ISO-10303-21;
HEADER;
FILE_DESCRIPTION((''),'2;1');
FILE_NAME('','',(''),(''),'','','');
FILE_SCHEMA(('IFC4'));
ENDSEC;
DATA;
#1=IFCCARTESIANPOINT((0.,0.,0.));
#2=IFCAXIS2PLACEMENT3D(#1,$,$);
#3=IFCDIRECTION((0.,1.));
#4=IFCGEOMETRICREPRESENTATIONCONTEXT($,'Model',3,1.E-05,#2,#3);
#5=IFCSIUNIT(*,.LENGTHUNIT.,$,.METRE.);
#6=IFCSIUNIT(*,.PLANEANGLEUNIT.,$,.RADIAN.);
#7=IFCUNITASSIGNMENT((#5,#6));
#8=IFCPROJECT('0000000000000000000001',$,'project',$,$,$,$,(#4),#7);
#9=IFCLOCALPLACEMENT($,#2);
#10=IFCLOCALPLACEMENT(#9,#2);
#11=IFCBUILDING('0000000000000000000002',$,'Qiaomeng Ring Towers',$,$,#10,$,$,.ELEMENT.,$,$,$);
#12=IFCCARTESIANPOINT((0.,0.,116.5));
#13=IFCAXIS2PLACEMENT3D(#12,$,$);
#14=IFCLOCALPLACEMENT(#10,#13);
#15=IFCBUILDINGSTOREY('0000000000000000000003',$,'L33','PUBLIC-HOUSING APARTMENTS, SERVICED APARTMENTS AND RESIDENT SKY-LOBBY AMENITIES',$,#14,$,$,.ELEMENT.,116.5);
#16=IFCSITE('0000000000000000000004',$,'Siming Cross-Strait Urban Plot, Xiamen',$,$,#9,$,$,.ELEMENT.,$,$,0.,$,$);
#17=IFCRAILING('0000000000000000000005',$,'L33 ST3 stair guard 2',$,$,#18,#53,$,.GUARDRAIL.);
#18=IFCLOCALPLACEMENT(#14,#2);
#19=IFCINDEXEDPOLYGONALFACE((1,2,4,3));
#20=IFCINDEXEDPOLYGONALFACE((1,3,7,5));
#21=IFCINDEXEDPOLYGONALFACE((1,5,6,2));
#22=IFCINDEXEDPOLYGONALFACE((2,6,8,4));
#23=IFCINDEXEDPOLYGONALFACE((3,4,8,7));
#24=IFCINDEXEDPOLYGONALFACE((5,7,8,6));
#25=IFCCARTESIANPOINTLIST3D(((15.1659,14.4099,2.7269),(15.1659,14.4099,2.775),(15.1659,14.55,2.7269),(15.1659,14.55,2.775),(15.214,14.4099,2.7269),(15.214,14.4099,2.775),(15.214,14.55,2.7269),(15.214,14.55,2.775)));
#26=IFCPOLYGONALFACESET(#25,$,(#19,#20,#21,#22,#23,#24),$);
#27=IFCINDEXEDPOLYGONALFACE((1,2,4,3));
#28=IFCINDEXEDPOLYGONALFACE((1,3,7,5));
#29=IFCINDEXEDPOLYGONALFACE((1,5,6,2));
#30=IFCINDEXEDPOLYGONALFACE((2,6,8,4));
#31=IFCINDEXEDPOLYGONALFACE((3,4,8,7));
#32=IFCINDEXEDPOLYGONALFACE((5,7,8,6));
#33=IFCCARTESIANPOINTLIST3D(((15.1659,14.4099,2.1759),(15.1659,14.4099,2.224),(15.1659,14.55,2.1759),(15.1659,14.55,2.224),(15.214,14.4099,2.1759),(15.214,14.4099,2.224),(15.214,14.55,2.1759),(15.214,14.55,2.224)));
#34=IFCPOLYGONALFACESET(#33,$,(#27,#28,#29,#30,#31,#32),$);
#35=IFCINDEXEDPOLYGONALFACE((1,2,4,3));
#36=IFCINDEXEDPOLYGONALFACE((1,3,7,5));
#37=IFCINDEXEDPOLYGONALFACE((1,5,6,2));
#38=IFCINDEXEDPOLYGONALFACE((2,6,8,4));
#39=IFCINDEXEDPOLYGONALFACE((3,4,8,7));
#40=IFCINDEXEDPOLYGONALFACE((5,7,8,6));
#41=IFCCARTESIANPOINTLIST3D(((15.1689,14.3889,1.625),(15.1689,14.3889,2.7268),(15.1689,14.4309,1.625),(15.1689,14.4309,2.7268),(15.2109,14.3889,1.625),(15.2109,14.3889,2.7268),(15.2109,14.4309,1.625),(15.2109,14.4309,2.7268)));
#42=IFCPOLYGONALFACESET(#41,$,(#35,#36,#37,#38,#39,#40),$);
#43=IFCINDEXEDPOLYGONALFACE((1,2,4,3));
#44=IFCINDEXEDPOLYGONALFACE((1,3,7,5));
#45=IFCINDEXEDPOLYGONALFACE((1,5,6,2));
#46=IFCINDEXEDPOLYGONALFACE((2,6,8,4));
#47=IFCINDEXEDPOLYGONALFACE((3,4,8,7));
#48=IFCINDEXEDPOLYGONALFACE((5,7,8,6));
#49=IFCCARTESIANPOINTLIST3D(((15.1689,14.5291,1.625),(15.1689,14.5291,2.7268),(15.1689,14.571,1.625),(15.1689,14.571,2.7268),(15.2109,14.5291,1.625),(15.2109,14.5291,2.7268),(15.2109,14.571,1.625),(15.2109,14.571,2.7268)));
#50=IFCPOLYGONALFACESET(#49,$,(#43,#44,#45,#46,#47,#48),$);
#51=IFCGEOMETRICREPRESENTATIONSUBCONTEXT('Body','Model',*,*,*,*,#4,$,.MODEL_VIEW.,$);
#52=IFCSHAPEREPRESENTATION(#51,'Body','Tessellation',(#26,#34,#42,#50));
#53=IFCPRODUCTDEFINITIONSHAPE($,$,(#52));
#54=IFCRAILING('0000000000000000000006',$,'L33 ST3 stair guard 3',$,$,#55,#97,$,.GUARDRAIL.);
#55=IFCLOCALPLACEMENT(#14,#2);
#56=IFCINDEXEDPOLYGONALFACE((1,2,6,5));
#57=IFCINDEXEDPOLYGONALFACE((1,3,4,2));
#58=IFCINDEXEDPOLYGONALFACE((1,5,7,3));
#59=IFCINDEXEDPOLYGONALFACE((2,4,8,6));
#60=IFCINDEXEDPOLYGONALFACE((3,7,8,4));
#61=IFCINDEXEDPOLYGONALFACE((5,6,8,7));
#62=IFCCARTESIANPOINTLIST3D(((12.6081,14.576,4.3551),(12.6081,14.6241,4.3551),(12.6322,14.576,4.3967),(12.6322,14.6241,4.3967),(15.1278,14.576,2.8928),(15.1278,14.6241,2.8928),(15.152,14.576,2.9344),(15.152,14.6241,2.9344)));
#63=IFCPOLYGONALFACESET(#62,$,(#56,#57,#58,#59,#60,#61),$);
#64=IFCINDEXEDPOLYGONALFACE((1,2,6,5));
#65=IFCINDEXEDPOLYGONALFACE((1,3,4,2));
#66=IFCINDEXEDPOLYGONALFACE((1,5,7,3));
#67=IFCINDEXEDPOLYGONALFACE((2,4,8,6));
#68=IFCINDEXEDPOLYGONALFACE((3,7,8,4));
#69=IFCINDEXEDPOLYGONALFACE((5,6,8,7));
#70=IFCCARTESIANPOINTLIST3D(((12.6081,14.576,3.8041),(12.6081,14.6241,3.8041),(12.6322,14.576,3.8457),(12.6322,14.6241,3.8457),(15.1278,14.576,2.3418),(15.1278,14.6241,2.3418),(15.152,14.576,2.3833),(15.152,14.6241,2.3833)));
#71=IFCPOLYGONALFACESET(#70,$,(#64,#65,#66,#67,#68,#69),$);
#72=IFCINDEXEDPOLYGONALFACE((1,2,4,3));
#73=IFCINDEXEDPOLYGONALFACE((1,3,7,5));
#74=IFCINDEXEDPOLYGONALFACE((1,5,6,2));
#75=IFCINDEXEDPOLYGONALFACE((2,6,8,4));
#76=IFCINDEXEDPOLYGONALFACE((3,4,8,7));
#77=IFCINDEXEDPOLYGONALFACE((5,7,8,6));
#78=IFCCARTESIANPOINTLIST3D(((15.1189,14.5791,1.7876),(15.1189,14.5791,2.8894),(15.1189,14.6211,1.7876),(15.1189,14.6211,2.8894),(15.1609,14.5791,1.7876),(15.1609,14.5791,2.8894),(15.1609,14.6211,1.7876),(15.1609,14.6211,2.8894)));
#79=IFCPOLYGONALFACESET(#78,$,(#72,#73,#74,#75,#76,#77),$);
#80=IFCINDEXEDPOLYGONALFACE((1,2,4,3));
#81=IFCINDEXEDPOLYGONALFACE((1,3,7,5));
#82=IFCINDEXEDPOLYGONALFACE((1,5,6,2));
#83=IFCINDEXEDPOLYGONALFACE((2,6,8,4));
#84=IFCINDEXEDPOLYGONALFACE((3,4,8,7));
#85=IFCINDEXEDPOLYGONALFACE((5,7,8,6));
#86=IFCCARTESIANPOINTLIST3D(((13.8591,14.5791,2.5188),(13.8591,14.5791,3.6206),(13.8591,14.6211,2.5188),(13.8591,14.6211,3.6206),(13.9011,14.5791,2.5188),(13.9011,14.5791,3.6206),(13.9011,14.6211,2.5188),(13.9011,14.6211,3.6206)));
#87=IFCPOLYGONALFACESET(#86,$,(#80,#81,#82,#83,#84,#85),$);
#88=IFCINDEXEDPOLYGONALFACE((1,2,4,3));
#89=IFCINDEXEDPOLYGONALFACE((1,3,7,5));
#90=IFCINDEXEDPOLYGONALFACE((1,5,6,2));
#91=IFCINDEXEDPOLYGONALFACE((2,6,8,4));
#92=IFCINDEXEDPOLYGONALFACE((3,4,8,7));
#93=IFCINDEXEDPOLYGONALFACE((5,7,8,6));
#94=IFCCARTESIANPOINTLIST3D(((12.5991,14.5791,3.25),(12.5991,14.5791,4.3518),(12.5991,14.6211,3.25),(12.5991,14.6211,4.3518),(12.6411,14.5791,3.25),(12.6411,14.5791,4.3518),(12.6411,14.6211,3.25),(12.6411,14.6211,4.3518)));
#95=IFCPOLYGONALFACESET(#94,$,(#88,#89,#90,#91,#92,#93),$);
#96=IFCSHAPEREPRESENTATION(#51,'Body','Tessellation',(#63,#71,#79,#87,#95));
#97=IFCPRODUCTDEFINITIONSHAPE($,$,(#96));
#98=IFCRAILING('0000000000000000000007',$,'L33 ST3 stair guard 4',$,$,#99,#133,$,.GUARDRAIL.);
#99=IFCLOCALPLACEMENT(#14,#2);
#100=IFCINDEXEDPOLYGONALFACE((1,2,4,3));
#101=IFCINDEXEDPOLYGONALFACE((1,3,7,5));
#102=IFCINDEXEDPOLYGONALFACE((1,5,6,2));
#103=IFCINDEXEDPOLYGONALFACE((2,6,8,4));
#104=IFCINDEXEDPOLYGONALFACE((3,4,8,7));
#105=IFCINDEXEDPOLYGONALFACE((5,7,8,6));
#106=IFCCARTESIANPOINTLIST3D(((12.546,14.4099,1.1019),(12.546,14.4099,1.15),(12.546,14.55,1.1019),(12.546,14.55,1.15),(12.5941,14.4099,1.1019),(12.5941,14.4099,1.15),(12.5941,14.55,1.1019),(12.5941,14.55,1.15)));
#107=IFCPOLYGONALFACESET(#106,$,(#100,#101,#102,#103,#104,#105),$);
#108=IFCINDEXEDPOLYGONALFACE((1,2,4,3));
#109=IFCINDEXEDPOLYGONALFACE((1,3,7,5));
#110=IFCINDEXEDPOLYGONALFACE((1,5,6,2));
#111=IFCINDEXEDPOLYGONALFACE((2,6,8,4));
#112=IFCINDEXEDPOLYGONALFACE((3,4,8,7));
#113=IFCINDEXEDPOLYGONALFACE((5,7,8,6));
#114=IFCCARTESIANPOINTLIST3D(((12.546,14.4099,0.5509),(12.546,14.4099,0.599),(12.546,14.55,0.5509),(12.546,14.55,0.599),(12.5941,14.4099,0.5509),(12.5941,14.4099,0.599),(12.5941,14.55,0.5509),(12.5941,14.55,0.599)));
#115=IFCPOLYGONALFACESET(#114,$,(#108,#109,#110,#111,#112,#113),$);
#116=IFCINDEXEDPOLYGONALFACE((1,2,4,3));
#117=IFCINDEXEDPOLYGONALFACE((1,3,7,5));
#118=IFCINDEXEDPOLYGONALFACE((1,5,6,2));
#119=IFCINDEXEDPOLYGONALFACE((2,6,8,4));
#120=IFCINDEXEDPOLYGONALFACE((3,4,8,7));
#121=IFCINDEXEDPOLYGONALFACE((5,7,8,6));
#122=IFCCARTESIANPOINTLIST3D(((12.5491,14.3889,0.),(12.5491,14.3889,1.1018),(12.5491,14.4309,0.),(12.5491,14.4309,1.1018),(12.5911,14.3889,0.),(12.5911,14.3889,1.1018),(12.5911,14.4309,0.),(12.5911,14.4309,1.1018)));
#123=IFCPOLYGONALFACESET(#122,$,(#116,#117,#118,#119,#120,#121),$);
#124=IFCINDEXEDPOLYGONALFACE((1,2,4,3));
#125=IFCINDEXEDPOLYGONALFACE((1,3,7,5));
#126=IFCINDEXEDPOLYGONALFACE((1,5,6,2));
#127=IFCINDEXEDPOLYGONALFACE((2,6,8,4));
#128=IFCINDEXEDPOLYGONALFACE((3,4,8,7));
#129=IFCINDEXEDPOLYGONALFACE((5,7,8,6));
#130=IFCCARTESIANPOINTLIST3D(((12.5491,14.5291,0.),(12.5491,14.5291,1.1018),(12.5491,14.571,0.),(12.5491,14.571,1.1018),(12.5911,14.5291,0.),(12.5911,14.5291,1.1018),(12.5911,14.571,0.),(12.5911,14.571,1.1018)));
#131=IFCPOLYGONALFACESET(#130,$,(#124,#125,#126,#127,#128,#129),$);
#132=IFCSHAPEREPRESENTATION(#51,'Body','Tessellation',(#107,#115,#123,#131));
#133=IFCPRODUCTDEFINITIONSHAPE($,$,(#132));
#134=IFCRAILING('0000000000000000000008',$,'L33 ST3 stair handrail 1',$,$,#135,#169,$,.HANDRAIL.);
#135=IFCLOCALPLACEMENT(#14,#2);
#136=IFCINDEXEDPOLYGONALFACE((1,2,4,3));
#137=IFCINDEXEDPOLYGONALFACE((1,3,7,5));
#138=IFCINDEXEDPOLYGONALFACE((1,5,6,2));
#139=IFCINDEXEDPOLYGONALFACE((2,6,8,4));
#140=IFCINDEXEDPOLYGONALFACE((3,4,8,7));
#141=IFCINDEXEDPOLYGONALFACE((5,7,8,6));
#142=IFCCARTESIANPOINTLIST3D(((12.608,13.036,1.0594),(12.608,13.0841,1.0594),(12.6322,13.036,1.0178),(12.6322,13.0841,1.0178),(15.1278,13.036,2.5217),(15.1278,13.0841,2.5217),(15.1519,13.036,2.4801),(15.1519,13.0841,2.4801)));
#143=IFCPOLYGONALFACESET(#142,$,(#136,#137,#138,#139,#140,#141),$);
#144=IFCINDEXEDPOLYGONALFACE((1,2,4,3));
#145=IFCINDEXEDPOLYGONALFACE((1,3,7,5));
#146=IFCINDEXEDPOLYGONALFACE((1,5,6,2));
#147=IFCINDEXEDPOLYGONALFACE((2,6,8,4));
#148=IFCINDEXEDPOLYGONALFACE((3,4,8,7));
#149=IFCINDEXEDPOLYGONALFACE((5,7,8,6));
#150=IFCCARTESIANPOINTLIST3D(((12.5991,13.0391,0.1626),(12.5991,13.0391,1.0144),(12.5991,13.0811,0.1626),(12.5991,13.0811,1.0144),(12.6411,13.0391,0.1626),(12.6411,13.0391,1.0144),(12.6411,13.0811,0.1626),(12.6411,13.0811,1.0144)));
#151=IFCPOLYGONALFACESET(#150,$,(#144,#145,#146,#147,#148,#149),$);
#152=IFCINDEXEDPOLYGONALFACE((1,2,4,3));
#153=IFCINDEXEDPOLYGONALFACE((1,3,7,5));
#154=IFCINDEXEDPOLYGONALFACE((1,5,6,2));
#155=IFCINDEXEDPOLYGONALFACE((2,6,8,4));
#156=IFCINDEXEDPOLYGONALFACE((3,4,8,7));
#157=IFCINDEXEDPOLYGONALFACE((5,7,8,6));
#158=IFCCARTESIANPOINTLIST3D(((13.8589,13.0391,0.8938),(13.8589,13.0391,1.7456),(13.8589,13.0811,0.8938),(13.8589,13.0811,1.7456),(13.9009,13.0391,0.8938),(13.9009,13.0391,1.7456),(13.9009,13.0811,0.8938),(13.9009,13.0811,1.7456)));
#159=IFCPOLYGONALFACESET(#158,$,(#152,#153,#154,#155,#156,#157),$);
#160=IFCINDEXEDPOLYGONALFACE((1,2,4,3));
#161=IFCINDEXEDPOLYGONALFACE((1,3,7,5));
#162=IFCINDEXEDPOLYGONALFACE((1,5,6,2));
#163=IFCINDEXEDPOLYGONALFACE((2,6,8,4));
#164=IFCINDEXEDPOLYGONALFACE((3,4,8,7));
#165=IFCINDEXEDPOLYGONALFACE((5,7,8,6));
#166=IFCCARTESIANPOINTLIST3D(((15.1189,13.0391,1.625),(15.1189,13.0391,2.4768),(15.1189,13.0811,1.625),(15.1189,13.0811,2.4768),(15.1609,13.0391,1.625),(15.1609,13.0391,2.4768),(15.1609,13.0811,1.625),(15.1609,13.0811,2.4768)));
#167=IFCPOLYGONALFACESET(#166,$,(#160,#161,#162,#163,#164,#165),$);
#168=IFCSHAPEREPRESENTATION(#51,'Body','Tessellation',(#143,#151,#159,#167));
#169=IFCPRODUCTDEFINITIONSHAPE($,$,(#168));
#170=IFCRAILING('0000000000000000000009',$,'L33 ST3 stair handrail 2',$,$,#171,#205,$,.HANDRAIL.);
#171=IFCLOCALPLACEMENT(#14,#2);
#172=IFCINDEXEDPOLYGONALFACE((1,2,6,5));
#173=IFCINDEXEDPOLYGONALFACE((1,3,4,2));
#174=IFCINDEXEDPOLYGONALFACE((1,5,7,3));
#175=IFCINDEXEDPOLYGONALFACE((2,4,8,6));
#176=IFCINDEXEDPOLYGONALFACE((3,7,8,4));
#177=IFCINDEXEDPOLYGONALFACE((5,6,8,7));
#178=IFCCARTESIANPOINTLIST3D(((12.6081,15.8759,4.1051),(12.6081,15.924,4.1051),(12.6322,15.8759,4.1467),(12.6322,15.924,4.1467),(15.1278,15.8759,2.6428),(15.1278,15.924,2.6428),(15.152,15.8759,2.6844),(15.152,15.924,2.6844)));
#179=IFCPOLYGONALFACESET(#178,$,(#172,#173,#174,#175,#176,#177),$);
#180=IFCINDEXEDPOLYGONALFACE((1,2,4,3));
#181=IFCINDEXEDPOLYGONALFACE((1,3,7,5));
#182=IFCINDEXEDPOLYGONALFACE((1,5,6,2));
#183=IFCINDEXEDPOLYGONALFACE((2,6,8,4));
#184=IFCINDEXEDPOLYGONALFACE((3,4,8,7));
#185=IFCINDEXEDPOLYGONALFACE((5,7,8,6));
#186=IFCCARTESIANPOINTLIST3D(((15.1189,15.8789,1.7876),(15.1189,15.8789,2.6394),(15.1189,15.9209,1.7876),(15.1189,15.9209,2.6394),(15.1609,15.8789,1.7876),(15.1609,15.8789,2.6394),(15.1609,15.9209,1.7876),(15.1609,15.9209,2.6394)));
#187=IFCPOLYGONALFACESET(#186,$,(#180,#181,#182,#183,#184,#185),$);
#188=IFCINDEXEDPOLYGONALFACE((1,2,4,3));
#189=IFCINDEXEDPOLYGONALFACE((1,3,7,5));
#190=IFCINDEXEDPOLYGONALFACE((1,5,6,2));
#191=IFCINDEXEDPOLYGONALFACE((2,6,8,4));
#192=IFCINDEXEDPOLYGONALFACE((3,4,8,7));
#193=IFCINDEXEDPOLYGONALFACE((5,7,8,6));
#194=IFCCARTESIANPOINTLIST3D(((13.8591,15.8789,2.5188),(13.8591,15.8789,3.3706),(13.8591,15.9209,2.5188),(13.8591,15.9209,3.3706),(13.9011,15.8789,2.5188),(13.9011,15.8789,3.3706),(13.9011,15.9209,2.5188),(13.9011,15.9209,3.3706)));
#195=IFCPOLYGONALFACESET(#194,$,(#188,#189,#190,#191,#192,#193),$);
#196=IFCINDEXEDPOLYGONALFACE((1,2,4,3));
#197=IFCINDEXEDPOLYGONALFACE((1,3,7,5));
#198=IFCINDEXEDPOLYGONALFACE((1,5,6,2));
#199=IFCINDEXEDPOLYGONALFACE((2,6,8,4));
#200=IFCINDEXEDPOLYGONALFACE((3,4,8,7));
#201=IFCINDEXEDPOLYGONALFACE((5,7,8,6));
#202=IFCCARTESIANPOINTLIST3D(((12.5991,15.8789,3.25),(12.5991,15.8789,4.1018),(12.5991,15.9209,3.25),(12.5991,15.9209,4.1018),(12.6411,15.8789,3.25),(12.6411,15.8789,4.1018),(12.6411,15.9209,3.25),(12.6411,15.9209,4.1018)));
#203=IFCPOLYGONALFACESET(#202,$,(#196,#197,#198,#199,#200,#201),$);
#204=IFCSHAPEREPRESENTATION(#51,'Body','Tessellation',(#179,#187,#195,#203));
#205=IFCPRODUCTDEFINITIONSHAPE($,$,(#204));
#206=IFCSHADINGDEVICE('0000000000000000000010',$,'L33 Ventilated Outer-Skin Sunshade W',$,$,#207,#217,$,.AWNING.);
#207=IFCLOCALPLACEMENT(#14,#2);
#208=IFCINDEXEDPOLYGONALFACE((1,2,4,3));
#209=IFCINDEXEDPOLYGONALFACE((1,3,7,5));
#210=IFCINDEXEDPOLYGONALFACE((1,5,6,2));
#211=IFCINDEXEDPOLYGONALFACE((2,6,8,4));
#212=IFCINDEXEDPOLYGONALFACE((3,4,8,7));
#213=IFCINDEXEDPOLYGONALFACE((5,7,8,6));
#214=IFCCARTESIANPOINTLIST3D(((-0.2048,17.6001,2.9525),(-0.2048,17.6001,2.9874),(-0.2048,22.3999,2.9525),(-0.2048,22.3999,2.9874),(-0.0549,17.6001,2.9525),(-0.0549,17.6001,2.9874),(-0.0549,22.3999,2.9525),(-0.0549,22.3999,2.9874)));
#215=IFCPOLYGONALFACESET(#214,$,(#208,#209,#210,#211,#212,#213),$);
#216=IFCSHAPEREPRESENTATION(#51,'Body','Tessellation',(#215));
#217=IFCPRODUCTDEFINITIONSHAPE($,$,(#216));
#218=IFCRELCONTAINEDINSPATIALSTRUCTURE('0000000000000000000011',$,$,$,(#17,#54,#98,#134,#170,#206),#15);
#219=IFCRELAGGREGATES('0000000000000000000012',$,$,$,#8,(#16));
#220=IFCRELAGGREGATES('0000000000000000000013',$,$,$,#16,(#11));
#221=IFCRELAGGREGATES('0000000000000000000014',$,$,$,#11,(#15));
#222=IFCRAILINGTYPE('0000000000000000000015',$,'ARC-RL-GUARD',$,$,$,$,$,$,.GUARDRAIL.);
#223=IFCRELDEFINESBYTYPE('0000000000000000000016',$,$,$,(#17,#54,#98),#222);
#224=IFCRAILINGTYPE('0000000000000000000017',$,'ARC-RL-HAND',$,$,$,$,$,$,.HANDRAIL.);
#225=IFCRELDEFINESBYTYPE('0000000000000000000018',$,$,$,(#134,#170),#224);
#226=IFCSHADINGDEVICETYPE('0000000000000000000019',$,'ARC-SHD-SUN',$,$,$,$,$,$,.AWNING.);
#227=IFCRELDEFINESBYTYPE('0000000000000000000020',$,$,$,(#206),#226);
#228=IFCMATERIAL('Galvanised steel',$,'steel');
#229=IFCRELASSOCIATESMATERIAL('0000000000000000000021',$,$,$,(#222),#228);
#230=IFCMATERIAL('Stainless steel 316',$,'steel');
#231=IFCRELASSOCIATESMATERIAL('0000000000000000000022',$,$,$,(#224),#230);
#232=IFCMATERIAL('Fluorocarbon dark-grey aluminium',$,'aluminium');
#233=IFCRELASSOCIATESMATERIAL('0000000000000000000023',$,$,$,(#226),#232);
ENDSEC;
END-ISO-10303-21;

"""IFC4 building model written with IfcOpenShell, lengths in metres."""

from ifc_helpers import new_model, si_unit, direction, frame, origin, origin_2d, place, context, subcontext, project, spatial, rectangle, extrude, source, transform, mapped, material, material_profile, profile_set, type_object, element, save


model = new_model("IFC4")

# Units and contexts
model_context = context("Model", 3, precision=1e-05, world=origin(), true_north=direction((0.0, 1.0)))
body_context = subcontext(model_context, "Body", "Model", "MODEL_VIEW")
ifc_project = project(units=[si_unit("LENGTHUNIT", "METRE"), si_unit("PLANEANGLEUNIT", "RADIAN")], contexts=[model_context])

# Site, building, storey
site_placement = place(None, origin())
site = spatial("IfcSite", under=ifc_project, at=site_placement, Name="Siming Cross-Strait Urban Plot, Xiamen", CompositionType="ELEMENT", RefElevation=0.0)
building_placement = place(site_placement, origin())
building = spatial("IfcBuilding", under=site, at=building_placement, Name="Qiaomeng Ring Towers", CompositionType="ELEMENT")
storey_placement = place(building_placement, frame((0.0, 0.0, 116.5)))
storey = spatial("IfcBuildingStorey", under=building, at=storey_placement, Name="L33", Description="PUBLIC-HOUSING APARTMENTS, SERVICED APARTMENTS AND RESIDENT SKY-LOBBY AMENITIES", CompositionType="ELEMENT", Elevation=116.5)

# Shared definitions
ifc_material_1 = material(Name="Fluorocarbon dark-grey aluminium", Category="aluminium")

# Shared definitions
ifc_material_2 = material(Name="Galvanised steel", Category="steel")

# Railings
railing_type_1 = type_object("IfcRailingType", Name="ARC-RL-GUARD", PredefinedType="GUARDRAIL", material=ifc_material_2)
railing_1_placement = place(storey_placement, frame((15.1899, 14.4099, 1.625)))
element("IfcRailing", 1, at=railing_1_placement, inside=storey, type_object=railing_type_1, Name="L33 ST3 stair guard 2", PredefinedType="GUARDRAIL", context=body_context, shape_type="SweptSolid", body=[
    extrude(rectangle(XDim=0.0481, YDim=0.0481, at=origin_2d()), frame((0.0, 0.0, 1.126), z_axis=(0.0, 1.0, 0.0), x_axis=(-1.0, 0.0, 0.0)), (0.0, 0.0, 1.0), 0.1401),
    extrude(rectangle(XDim=0.0481, YDim=0.0481, at=origin_2d()), frame((0.0, 0.0, 0.575), z_axis=(0.0, 1.0, 0.0), x_axis=(-1.0, 0.0, 0.0)), (0.0, 0.0, 1.0), 0.1401),
    extrude(rectangle(XDim=0.042, YDim=0.042, at=origin_2d()), origin(), (0.0, 0.0, 1.0), 1.1018),
    extrude(rectangle(XDim=0.042, YDim=0.042, at=origin_2d()), frame((0.0, 0.1401, 0.0)), (0.0, 0.0, 1.0), 1.1018),
])
railing_2_placement = place(storey_placement, frame((15.1399, 14.6001, 1.7876)))
element("IfcRailing", 2, at=railing_2_placement, inside=storey, type_object=railing_type_1, Name="L33 ST3 stair guard 3", PredefinedType="GUARDRAIL", context=body_context, shape_type="SweptSolid", body=[
    extrude(rectangle(XDim=0.0481, YDim=0.0481, at=origin_2d()), frame((0.0, 0.0, 1.126), z_axis=(-0.864892, 0.0, 0.501958), x_axis=(0.0, -1.0, 0.0)), (0.0, 0.0, 1.0), 2.9133),
    extrude(rectangle(XDim=0.0481, YDim=0.0481, at=origin_2d()), frame((0.0, 0.0, 0.575), z_axis=(-0.864892, 0.0, 0.501958), x_axis=(0.0, -1.0, 0.0)), (0.0, 0.0, 1.0), 2.9133),
    extrude(rectangle(XDim=0.042, YDim=0.042, at=origin_2d()), origin(), (0.0, 0.0, 1.0), 1.1018),
    extrude(rectangle(XDim=0.042, YDim=0.042, at=origin_2d()), frame((-1.2598, 0.0, 0.7312)), (0.0, 0.0, 1.0), 1.1018),
    extrude(rectangle(XDim=0.042, YDim=0.042, at=origin_2d()), frame((-2.5198, 0.0, 1.4624)), (0.0, 0.0, 1.0), 1.1018),
])
railing_3_placement = place(storey_placement, frame((12.5701, 14.4099, 0.0)))
element("IfcRailing", 3, at=railing_3_placement, inside=storey, type_object=railing_type_1, Name="L33 ST3 stair guard 4", PredefinedType="GUARDRAIL", context=body_context, shape_type="SweptSolid", body=[
    extrude(rectangle(XDim=0.0481, YDim=0.0481, at=origin_2d()), frame((0.0, 0.0, 1.126), z_axis=(0.0, 1.0, 0.0), x_axis=(-1.0, 0.0, 0.0)), (0.0, 0.0, 1.0), 0.1401),
    extrude(rectangle(XDim=0.0481, YDim=0.0481, at=origin_2d()), frame((0.0, 0.0, 0.575), z_axis=(0.0, 1.0, 0.0), x_axis=(-1.0, 0.0, 0.0)), (0.0, 0.0, 1.0), 0.1401),
    extrude(rectangle(XDim=0.042, YDim=0.042, at=origin_2d()), origin(), (0.0, 0.0, 1.0), 1.1018),
    extrude(rectangle(XDim=0.042, YDim=0.042, at=origin_2d()), frame((0.0, 0.1401, 0.0)), (0.0, 0.0, 1.0), 1.1018),
])
ifc_material_3 = material(Name="Stainless steel 316", Category="steel")
railing_type_2 = type_object("IfcRailingType", Name="ARC-RL-HAND", PredefinedType="HANDRAIL", material=ifc_material_3)
railing_4_placement = place(storey_placement, frame((12.6201, 13.0601, 0.1626)))
element("IfcRailing", 4, at=railing_4_placement, inside=storey, type_object=railing_type_2, Name="L33 ST3 stair handrail 1", PredefinedType="HANDRAIL", context=body_context, shape_type="SweptSolid", body=[
    extrude(rectangle(XDim=0.0481, YDim=0.0481, at=origin_2d()), frame((0.0, 0.0, 0.876), z_axis=(0.864892, 0.0, 0.501958), x_axis=(0.0, 1.0, 0.0)), (0.0, 0.0, 1.0), 2.9133),
    extrude(rectangle(XDim=0.042, YDim=0.042, at=origin_2d()), origin(), (0.0, 0.0, 1.0), 0.8518),
    extrude(rectangle(XDim=0.042, YDim=0.042, at=origin_2d()), frame((1.2598, 0.0, 0.7312)), (0.0, 0.0, 1.0), 0.8518),
    extrude(rectangle(XDim=0.042, YDim=0.042, at=origin_2d()), frame((2.5198, 0.0, 1.4624)), (0.0, 0.0, 1.0), 0.8518),
])
railing_5_placement = place(storey_placement, frame((15.1399, 15.8999, 1.7876)))
element("IfcRailing", 5, at=railing_5_placement, inside=storey, type_object=railing_type_2, Name="L33 ST3 stair handrail 2", PredefinedType="HANDRAIL", context=body_context, shape_type="SweptSolid", body=[
    extrude(rectangle(XDim=0.0481, YDim=0.0481, at=origin_2d()), frame((0.0, 0.0, 0.876), z_axis=(-0.864892, 0.0, 0.501958), x_axis=(0.0, -1.0, 0.0)), (0.0, 0.0, 1.0), 2.9133),
    extrude(rectangle(XDim=0.042, YDim=0.042, at=origin_2d()), origin(), (0.0, 0.0, 1.0), 0.8518),
    extrude(rectangle(XDim=0.042, YDim=0.042, at=origin_2d()), frame((-1.2598, 0.0, 0.7312)), (0.0, 0.0, 1.0), 0.8518),
    extrude(rectangle(XDim=0.042, YDim=0.042, at=origin_2d()), frame((-2.5198, 0.0, 1.4624)), (0.0, 0.0, 1.0), 0.8518),
])

# Shading device
ifc_material_profile_1 = material_profile(ifc_material_1, rectangle(XDim=0.1499, YDim=0.0349, at=origin_2d()), Name="LV BLADE 150x35")
ifc_profile_set_1 = profile_set([ifc_material_profile_1], Name="Fluorocarbon dark-grey aluminium")
shading_device_type = type_object("IfcShadingDeviceType", Name="ARC-SHD-SUN", PredefinedType="AWNING", material=ifc_profile_set_1)
shared_shape_1 = source(origin(), body_context, "Body", "SweptSolid", [
    extrude(rectangle(XDim=0.1499, YDim=0.0349, at=origin_2d()), origin(), (0.0, 0.0, 1.0), 4.7998),
])
shading_device_placement = place(storey_placement, frame((-0.1299, 17.6001, 2.97), z_axis=(0.0, 1.0, 0.0), x_axis=(-1.0, 0.0, 0.0)))
element("IfcShadingDevice", 6, at=shading_device_placement, inside=storey, type_object=shading_device_type, Name="L33 Ventilated Outer-Skin Sunshade W", PredefinedType="AWNING", context=body_context, shape_type="MappedRepresentation", body=[
    mapped(shared_shape_1, transform((0.0, 0.0, 0.0), x_axis=(1.0, 0.0, 0.0), y_axis=(0.0, 1.0, 0.0), z_axis=(0.0, 0.0, 1.0), scale=1.0)),
])

save(model, "model.ifc")
